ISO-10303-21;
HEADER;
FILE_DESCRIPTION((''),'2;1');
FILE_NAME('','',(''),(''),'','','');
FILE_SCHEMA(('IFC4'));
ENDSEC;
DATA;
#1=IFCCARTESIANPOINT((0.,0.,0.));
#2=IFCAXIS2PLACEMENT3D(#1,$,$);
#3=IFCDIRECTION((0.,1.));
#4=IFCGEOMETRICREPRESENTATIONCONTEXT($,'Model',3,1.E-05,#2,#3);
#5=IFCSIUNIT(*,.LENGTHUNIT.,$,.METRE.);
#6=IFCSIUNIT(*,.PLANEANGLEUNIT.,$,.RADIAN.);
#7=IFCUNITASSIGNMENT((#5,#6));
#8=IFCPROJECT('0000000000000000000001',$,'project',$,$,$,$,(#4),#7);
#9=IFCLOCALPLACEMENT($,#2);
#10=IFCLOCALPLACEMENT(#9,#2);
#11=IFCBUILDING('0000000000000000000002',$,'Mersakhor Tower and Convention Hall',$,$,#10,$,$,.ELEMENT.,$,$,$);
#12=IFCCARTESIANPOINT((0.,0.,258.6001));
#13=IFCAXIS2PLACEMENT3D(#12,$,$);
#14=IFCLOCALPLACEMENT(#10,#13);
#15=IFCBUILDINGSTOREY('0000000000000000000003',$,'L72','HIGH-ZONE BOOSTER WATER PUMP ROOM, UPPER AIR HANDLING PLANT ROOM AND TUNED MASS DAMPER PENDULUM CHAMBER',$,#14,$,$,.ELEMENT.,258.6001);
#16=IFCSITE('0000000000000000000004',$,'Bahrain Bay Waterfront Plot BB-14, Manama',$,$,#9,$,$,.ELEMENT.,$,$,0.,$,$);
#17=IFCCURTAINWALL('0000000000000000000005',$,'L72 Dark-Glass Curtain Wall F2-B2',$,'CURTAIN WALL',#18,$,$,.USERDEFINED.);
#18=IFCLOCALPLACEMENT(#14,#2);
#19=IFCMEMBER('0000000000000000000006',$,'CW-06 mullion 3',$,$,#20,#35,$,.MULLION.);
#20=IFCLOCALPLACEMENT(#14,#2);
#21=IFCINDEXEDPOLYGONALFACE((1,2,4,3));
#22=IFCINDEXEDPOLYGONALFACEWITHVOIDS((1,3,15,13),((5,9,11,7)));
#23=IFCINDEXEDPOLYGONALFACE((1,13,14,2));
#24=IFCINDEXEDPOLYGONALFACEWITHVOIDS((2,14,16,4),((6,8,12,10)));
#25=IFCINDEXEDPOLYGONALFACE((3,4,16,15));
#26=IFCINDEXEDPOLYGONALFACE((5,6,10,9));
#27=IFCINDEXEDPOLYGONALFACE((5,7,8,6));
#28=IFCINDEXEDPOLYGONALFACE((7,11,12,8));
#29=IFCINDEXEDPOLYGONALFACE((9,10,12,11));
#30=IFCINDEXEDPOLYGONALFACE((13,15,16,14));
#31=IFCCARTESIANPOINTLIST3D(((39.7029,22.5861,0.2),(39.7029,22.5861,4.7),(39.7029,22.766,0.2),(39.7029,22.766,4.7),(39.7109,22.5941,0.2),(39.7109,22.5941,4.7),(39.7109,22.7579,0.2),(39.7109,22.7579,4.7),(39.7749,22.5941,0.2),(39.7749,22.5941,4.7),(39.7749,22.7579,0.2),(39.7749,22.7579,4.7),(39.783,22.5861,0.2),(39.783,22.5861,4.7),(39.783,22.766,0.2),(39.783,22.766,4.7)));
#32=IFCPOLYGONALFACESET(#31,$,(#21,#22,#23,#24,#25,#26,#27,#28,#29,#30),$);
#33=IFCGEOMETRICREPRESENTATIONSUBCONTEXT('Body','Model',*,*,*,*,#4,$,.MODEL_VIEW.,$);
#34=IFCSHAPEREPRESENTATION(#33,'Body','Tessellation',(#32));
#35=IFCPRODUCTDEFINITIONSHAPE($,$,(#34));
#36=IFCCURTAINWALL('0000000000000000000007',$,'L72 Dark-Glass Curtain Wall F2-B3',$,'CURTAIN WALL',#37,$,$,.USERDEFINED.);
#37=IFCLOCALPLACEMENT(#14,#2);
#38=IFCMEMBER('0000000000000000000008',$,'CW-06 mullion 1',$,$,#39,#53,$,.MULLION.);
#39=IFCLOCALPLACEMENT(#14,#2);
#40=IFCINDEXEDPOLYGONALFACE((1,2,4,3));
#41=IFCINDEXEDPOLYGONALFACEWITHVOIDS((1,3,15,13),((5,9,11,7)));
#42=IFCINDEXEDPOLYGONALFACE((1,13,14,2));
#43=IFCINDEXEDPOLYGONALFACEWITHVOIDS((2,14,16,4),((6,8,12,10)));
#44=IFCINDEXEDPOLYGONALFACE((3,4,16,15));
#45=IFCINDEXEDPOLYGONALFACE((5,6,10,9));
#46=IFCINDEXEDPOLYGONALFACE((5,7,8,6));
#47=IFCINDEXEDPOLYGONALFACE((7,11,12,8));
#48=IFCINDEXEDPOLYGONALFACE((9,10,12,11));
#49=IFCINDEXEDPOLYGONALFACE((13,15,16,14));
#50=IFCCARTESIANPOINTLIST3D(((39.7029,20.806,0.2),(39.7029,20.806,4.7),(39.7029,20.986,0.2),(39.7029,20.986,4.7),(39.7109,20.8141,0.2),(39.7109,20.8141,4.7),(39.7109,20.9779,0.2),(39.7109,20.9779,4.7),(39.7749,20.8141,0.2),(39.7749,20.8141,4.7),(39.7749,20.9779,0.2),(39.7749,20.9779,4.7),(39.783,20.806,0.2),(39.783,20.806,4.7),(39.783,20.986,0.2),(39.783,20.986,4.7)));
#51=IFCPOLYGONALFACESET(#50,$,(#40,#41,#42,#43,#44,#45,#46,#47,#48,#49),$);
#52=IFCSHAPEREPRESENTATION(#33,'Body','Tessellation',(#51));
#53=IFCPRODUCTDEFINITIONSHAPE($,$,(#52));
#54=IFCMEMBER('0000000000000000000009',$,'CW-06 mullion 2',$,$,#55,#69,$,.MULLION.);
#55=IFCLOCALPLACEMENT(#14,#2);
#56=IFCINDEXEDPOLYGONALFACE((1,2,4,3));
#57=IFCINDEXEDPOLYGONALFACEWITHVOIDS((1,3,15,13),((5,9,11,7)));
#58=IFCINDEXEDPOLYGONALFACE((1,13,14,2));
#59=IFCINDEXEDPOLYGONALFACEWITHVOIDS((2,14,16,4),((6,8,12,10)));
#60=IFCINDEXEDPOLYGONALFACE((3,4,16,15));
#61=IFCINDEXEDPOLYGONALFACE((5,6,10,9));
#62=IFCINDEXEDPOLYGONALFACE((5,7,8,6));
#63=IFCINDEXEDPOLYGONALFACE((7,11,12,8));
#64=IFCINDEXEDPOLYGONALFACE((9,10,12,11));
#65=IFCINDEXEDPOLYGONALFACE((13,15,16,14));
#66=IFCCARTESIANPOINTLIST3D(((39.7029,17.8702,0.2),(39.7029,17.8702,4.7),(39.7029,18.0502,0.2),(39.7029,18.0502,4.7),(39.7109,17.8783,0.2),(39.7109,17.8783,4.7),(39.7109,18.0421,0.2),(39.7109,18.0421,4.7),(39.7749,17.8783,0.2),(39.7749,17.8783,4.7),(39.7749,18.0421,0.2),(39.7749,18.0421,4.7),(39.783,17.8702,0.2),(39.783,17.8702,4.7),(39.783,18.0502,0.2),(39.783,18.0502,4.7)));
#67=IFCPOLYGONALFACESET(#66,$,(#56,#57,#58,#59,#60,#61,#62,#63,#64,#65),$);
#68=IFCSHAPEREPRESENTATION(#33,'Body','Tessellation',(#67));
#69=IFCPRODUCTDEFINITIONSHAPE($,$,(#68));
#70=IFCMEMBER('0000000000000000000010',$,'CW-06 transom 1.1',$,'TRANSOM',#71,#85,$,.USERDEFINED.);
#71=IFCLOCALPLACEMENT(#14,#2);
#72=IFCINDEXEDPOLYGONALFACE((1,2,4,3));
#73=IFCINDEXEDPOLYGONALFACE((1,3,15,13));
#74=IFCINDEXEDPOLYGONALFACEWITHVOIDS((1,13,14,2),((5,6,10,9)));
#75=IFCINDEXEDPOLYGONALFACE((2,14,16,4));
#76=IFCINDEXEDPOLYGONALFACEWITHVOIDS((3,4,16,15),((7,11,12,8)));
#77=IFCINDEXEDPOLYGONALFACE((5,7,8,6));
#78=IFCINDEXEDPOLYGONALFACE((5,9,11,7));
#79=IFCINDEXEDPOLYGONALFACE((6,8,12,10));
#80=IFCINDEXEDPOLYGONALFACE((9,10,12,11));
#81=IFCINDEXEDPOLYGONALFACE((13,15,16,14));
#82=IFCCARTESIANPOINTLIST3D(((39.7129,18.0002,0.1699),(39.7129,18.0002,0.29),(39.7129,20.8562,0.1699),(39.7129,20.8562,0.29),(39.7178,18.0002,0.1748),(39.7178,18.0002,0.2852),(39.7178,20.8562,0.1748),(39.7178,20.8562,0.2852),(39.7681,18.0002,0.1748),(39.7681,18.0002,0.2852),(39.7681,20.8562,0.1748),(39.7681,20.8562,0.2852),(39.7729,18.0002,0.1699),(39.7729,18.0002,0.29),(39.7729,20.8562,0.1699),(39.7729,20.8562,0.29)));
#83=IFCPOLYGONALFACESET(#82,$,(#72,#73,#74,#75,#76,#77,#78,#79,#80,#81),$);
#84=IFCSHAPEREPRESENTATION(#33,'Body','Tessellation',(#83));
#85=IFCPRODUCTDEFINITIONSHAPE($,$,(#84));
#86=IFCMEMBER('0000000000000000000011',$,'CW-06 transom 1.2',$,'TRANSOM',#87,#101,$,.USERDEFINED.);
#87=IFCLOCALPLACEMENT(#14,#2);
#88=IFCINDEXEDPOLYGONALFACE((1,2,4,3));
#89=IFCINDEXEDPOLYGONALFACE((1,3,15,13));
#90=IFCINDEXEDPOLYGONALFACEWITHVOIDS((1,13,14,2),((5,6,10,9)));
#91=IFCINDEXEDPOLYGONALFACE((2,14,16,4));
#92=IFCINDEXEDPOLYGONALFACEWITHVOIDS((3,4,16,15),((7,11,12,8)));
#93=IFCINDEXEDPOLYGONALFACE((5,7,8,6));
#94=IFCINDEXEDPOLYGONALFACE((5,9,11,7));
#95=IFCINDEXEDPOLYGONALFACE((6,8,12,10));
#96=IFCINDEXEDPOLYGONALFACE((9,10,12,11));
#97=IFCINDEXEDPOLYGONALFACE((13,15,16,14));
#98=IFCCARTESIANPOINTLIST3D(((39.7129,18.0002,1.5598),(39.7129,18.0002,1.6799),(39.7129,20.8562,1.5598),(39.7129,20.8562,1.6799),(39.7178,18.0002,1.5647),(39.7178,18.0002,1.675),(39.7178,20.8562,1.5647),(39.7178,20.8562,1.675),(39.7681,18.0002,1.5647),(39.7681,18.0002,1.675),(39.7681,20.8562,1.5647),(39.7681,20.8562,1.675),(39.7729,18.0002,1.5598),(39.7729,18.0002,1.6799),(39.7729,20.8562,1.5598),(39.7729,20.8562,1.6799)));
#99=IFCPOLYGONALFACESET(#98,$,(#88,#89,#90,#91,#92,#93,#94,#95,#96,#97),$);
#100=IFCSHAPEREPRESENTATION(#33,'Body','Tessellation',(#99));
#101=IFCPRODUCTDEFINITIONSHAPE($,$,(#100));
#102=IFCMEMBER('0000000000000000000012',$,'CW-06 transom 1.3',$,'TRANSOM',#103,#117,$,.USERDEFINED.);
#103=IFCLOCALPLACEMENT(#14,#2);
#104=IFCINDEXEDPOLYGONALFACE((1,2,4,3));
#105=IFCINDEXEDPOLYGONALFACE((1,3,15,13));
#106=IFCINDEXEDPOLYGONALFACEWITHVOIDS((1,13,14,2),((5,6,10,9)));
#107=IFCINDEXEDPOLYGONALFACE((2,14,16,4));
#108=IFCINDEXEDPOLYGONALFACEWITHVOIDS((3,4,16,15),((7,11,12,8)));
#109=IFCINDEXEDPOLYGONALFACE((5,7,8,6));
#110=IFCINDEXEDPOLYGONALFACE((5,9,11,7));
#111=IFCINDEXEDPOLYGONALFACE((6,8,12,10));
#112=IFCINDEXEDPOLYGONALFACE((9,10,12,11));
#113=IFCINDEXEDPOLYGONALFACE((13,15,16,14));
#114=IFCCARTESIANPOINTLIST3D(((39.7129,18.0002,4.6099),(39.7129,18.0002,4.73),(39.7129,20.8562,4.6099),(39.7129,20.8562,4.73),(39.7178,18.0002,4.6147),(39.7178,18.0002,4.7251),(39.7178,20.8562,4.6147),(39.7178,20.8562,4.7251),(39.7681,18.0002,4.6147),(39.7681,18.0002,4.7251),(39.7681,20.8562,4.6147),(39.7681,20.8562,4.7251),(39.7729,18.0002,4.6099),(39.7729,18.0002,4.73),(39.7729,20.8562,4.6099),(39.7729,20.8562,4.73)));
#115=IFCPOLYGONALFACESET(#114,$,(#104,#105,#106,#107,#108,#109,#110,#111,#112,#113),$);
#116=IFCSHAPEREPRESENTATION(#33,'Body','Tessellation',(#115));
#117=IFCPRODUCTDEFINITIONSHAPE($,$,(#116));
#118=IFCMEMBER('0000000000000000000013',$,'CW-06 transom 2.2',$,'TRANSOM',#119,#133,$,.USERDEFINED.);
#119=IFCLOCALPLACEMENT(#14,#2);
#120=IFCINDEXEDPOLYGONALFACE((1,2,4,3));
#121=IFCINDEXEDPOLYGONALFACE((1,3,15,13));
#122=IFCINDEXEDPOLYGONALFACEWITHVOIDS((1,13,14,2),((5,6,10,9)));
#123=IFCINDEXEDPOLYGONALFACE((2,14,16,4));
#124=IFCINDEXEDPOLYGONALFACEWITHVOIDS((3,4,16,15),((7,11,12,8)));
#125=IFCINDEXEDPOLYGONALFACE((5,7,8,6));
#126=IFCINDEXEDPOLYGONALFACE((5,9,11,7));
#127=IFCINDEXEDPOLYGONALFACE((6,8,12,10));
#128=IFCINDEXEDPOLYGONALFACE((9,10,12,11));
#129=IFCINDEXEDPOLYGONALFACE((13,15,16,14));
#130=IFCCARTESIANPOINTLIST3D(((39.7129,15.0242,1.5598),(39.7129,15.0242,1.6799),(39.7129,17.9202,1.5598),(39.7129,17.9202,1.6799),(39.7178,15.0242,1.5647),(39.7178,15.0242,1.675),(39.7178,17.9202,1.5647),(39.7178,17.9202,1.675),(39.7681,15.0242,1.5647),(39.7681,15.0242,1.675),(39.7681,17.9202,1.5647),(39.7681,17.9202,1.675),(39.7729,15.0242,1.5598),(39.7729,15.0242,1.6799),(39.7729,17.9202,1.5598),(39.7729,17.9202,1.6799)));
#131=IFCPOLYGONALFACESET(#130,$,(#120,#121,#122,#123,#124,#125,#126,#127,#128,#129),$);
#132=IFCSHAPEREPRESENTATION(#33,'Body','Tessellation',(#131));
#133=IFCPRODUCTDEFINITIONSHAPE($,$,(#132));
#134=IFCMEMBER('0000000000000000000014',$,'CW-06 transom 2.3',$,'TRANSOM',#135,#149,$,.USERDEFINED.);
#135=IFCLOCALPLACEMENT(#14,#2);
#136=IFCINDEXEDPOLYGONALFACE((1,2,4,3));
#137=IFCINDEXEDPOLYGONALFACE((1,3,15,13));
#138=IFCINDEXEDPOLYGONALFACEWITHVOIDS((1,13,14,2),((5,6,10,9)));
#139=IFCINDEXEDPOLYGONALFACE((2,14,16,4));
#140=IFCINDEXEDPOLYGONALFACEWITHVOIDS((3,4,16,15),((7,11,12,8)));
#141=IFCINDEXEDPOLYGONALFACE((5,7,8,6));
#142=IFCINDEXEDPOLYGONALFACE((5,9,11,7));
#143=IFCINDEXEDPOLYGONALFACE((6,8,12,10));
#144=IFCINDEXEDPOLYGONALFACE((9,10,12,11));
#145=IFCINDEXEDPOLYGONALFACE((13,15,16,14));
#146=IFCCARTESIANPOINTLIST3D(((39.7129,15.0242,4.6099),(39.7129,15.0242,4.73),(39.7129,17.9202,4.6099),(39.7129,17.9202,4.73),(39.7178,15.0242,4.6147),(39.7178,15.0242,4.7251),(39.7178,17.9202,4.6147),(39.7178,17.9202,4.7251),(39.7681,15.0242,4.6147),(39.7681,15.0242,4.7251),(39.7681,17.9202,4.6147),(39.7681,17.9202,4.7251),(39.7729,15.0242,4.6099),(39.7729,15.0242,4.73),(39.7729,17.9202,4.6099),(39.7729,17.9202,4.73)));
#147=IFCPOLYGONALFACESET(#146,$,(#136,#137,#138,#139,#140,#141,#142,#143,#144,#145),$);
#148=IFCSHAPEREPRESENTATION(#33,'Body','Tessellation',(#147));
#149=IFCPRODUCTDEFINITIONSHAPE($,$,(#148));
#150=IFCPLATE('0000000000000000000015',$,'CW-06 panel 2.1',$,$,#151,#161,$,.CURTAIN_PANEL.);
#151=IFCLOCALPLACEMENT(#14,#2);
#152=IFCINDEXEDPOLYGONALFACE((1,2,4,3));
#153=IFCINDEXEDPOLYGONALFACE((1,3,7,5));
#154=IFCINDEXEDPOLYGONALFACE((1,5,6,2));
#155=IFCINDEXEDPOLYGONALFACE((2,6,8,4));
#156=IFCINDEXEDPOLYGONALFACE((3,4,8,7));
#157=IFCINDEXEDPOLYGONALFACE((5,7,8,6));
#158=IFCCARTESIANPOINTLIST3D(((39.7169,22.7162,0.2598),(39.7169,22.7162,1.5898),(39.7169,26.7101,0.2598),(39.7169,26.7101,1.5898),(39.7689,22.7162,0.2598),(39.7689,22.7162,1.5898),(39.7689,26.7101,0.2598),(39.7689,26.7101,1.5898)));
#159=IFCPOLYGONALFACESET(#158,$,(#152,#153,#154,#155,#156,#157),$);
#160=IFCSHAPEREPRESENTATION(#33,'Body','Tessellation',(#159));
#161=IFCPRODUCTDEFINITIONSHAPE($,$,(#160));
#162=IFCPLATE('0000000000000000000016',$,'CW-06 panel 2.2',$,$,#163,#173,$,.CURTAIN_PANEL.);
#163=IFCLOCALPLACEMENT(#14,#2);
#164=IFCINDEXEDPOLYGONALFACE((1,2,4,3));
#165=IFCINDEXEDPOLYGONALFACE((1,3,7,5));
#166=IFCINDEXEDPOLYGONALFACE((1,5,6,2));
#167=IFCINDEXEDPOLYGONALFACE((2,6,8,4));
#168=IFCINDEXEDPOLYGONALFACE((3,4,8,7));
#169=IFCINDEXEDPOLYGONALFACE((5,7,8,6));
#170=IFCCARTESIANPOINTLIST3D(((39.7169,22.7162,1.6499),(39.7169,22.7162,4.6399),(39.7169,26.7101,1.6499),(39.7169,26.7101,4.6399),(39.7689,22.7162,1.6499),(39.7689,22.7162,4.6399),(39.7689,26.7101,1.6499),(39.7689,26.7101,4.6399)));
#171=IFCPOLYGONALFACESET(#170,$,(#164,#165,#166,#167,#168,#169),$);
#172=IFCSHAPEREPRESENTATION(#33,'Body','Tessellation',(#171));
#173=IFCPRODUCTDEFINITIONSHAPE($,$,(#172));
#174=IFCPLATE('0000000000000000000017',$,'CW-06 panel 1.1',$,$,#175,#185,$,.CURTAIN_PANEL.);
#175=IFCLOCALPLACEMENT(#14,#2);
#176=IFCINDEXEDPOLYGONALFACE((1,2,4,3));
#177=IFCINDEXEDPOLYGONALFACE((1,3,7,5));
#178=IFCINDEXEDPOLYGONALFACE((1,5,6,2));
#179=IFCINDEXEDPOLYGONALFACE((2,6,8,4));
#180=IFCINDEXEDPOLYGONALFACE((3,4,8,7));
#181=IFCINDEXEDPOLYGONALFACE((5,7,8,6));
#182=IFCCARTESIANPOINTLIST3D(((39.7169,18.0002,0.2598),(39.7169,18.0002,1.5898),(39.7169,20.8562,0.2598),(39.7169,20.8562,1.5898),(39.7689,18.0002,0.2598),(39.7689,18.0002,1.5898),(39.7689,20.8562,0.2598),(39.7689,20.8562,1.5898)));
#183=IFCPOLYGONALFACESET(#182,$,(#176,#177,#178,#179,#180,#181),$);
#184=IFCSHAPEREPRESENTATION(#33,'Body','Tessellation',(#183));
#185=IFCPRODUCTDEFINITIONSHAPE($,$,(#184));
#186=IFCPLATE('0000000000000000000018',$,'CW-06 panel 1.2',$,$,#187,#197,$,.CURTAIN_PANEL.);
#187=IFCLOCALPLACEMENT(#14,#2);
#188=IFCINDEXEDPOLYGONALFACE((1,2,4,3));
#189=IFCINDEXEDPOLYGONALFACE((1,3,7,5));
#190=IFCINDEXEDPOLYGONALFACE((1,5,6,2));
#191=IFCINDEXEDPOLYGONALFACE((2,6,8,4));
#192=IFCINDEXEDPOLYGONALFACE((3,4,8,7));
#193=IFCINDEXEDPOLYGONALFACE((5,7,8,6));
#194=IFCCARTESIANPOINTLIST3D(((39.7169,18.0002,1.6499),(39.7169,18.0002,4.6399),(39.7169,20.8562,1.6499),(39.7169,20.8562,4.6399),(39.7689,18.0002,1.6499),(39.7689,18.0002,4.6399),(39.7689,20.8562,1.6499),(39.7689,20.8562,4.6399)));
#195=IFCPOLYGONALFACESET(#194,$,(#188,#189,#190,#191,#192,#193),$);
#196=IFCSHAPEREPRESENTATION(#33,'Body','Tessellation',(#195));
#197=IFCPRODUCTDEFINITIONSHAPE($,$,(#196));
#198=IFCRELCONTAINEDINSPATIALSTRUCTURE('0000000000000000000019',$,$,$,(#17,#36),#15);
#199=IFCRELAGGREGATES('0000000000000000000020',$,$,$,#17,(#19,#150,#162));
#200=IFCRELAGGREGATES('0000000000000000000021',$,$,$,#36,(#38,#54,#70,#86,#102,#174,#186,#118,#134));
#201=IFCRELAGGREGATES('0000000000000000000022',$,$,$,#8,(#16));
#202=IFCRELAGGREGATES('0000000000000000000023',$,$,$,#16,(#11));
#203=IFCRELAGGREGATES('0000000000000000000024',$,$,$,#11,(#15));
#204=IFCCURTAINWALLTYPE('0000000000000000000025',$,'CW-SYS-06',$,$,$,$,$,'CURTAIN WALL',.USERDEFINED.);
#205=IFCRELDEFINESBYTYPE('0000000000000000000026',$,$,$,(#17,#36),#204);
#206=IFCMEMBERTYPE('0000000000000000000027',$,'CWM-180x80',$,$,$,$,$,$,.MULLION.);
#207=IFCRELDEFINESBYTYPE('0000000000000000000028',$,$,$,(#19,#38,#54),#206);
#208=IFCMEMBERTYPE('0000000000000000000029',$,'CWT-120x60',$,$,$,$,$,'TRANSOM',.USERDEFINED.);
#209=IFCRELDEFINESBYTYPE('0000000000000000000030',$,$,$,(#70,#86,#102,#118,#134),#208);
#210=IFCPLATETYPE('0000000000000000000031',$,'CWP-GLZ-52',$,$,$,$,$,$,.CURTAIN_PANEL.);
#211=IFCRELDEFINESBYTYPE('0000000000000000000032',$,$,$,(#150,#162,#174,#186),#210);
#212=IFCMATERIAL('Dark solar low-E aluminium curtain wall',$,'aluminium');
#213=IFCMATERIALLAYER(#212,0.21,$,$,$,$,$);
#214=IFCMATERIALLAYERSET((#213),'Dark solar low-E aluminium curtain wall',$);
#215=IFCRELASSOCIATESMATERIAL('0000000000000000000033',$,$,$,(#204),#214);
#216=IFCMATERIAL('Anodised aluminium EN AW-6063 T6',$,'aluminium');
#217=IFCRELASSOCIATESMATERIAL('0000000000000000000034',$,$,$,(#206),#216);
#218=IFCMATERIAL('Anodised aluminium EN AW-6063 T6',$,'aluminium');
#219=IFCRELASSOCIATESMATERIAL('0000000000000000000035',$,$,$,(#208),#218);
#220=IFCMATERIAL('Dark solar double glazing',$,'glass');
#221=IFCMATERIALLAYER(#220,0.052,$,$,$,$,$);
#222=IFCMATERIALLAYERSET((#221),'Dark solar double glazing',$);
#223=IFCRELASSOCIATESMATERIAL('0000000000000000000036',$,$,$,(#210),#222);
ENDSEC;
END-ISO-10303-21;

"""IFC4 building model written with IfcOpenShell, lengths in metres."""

from ifc_helpers import new_model, si_unit, direction, frame, origin, origin_2d, place, context, subcontext, project, spatial, rectangle, hollow_rectangle, extrude, material, layer, layer_set, material_profile, profile_set, type_object, element, aggregate, save


model = new_model("IFC4")

# Units and contexts
model_context = context("Model", 3, precision=1e-05, world=origin(), true_north=direction((0.0, 1.0)))
body_context = subcontext(model_context, "Body", "Model", "MODEL_VIEW")
ifc_project = project(units=[si_unit("LENGTHUNIT", "METRE"), si_unit("PLANEANGLEUNIT", "RADIAN")], contexts=[model_context])

# Site, building, storey
site_placement = place(None, origin())
site = spatial("IfcSite", under=ifc_project, at=site_placement, Name="Bahrain Bay Waterfront Plot BB-14, Manama", CompositionType="ELEMENT", RefElevation=0.0)
building_placement = place(site_placement, origin())
building = spatial("IfcBuilding", under=site, at=building_placement, Name="Mersakhor Tower and Convention Hall", CompositionType="ELEMENT")
storey_placement = place(building_placement, frame((0.0, 0.0, 258.6001)))
storey = spatial("IfcBuildingStorey", under=building, at=storey_placement, Name="L72", Description="HIGH-ZONE BOOSTER WATER PUMP ROOM, UPPER AIR HANDLING PLANT ROOM AND TUNED MASS DAMPER PENDULUM CHAMBER", CompositionType="ELEMENT", Elevation=258.6001)

# Curtain wall, member
ifc_material_1 = material(Name="Dark solar low-E aluminium curtain wall", Category="aluminium")
ifc_layer_1 = layer(ifc_material_1, 0.21)
ifc_layer_set_1 = layer_set([ifc_layer_1], Name="Dark solar low-E aluminium curtain wall")
curtain_wall_type = type_object("IfcCurtainWallType", Name="CW-SYS-06", ElementType="CURTAIN WALL", PredefinedType="USERDEFINED", material=ifc_layer_set_1)
curtain_wall_1_placement = place(storey_placement, origin())
curtain_wall_1 = element("IfcCurtainWall", 1, at=curtain_wall_1_placement, inside=storey, type_object=curtain_wall_type, Name="L72 Dark-Glass Curtain Wall F2-B2", ObjectType="CURTAIN WALL", PredefinedType="USERDEFINED")
ifc_material_2 = material(Name="Anodised aluminium EN AW-6063 T6", Category="aluminium")
ifc_material_profile_1 = material_profile(ifc_material_2, hollow_rectangle(XDim=0.0801, YDim=0.1799, WallThickness=0.0081, at=origin_2d()), Name="RHS 180x80x8")
ifc_profile_set_1 = profile_set([ifc_material_profile_1], Name="Anodised aluminium EN AW-6063 T6")
member_type_1 = type_object("IfcMemberType", Name="CWM-180x80", PredefinedType="MULLION", material=ifc_profile_set_1)
member_1_placement = place(storey_placement, frame((39.7429, 22.676, 0.2), z_axis=(0.0, 0.0, 1.0), x_axis=(1.0, 0.0, 0.0)))
member_1 = element("IfcMember", 2, at=member_1_placement, type_object=member_type_1, Name="CW-06 mullion 3", PredefinedType="MULLION", context=body_context, shape_type="SweptSolid", body=[
    extrude(hollow_rectangle(XDim=0.0801, YDim=0.1799, WallThickness=0.0081, at=origin_2d()), origin(), (0.0, 0.0, 1.0), 4.5),
])

# Curtain wall, members
curtain_wall_2_placement = place(storey_placement, origin())
curtain_wall_2 = element("IfcCurtainWall", 3, at=curtain_wall_2_placement, inside=storey, type_object=curtain_wall_type, Name="L72 Dark-Glass Curtain Wall F2-B3", ObjectType="CURTAIN WALL", PredefinedType="USERDEFINED")
member_2_placement = place(storey_placement, frame((39.7429, 20.896, 0.2), z_axis=(0.0, 0.0, 1.0), x_axis=(1.0, 0.0, 0.0)))
member_2 = element("IfcMember", 4, at=member_2_placement, type_object=member_type_1, Name="CW-06 mullion 1", PredefinedType="MULLION", context=body_context, shape_type="SweptSolid", body=[
    extrude(hollow_rectangle(XDim=0.0801, YDim=0.1799, WallThickness=0.0081, at=origin_2d()), origin(), (0.0, 0.0, 1.0), 4.5),
])
member_3_placement = place(storey_placement, frame((39.7429, 17.9602, 0.2), z_axis=(0.0, 0.0, 1.0), x_axis=(1.0, 0.0, 0.0)))
member_3 = element("IfcMember", 5, at=member_3_placement, type_object=member_type_1, Name="CW-06 mullion 2", PredefinedType="MULLION", context=body_context, shape_type="SweptSolid", body=[
    extrude(hollow_rectangle(XDim=0.0801, YDim=0.1799, WallThickness=0.0081, at=origin_2d()), origin(), (0.0, 0.0, 1.0), 4.5),
])
ifc_material_3 = material(Name="Anodised aluminium EN AW-6063 T6", Category="aluminium")
ifc_material_profile_2 = material_profile(ifc_material_3, hollow_rectangle(XDim=0.0601, YDim=0.1201, WallThickness=0.0049, at=origin_2d()), Name="RHS 120x60x5")
ifc_profile_set_2 = profile_set([ifc_material_profile_2], Name="Anodised aluminium EN AW-6063 T6")
member_type_2 = type_object("IfcMemberType", Name="CWT-120x60", ElementType="TRANSOM", PredefinedType="USERDEFINED", material=ifc_profile_set_2)
member_4_placement = place(storey_placement, frame((39.7429, 20.8562, 0.23), z_axis=(0.0, -1.0, 0.0), x_axis=(1.0, 0.0, 0.0)))
member_4 = element("IfcMember", 6, at=member_4_placement, type_object=member_type_2, Name="CW-06 transom 1.1", ObjectType="TRANSOM", PredefinedType="USERDEFINED", context=body_context, shape_type="SweptSolid", body=[
    extrude(hollow_rectangle(XDim=0.0601, YDim=0.1201, WallThickness=0.0049, at=origin_2d()), origin(), (0.0, 0.0, 1.0), 2.856),
])
member_5_placement = place(storey_placement, frame((39.7429, 20.8562, 1.6199), z_axis=(0.0, -1.0, 0.0), x_axis=(1.0, 0.0, 0.0)))
member_5 = element("IfcMember", 7, at=member_5_placement, type_object=member_type_2, Name="CW-06 transom 1.2", ObjectType="TRANSOM", PredefinedType="USERDEFINED", context=body_context, shape_type="SweptSolid", body=[
    extrude(hollow_rectangle(XDim=0.0601, YDim=0.1201, WallThickness=0.0049, at=origin_2d()), origin(), (0.0, 0.0, 1.0), 2.856),
])
member_6_placement = place(storey_placement, frame((39.7429, 20.8562, 4.6699), z_axis=(0.0, -1.0, 0.0), x_axis=(1.0, 0.0, 0.0)))
member_6 = element("IfcMember", 8, at=member_6_placement, type_object=member_type_2, Name="CW-06 transom 1.3", ObjectType="TRANSOM", PredefinedType="USERDEFINED", context=body_context, shape_type="SweptSolid", body=[
    extrude(hollow_rectangle(XDim=0.0601, YDim=0.1201, WallThickness=0.0049, at=origin_2d()), origin(), (0.0, 0.0, 1.0), 2.856),
])
member_7_placement = place(storey_placement, frame((39.7429, 17.9202, 1.6199), z_axis=(0.0, -1.0, 0.0), x_axis=(1.0, 0.0, 0.0)))
member_7 = element("IfcMember", 9, at=member_7_placement, type_object=member_type_2, Name="CW-06 transom 2.2", ObjectType="TRANSOM", PredefinedType="USERDEFINED", context=body_context, shape_type="SweptSolid", body=[
    extrude(hollow_rectangle(XDim=0.0601, YDim=0.1201, WallThickness=0.0049, at=origin_2d()), origin(), (0.0, 0.0, 1.0), 2.896),
])
member_8_placement = place(storey_placement, frame((39.7429, 17.9202, 4.6699), z_axis=(0.0, -1.0, 0.0), x_axis=(1.0, 0.0, 0.0)))
member_8 = element("IfcMember", 10, at=member_8_placement, type_object=member_type_2, Name="CW-06 transom 2.3", ObjectType="TRANSOM", PredefinedType="USERDEFINED", context=body_context, shape_type="SweptSolid", body=[
    extrude(hollow_rectangle(XDim=0.0601, YDim=0.1201, WallThickness=0.0049, at=origin_2d()), origin(), (0.0, 0.0, 1.0), 2.896),
])

# Plates
ifc_material_4 = material(Name="Dark solar double glazing", Category="glass")
ifc_layer_2 = layer(ifc_material_4, 0.052)
ifc_layer_set_2 = layer_set([ifc_layer_2], Name="Dark solar double glazing")
plate_type = type_object("IfcPlateType", Name="CWP-GLZ-52", PredefinedType="CURTAIN_PANEL", material=ifc_layer_set_2)
plate_1_placement = place(storey_placement, frame((39.7429, 24.7131, 0.2598), z_axis=(0.0, 0.0, 1.0), x_axis=(0.0, -1.0, 0.0)))
plate_1 = element("IfcPlate", 11, at=plate_1_placement, type_object=plate_type, Name="CW-06 panel 2.1", PredefinedType="CURTAIN_PANEL", context=body_context, shape_type="SweptSolid", body=[
    extrude(rectangle(XDim=3.9939, YDim=0.052, at=origin_2d()), origin(), (0.0, 0.0, 1.0), 1.3301),
])
plate_2_placement = place(storey_placement, frame((39.7429, 24.7131, 1.6499), z_axis=(0.0, 0.0, 1.0), x_axis=(0.0, -1.0, 0.0)))
plate_2 = element("IfcPlate", 12, at=plate_2_placement, type_object=plate_type, Name="CW-06 panel 2.2", PredefinedType="CURTAIN_PANEL", context=body_context, shape_type="SweptSolid", body=[
    extrude(rectangle(XDim=3.9939, YDim=0.052, at=origin_2d()), origin(), (0.0, 0.0, 1.0), 2.99),
])
aggregate(curtain_wall_1, [member_1, plate_1, plate_2])
plate_3_placement = place(storey_placement, frame((39.7429, 19.4282, 0.2598), z_axis=(0.0, 0.0, 1.0), x_axis=(0.0, -1.0, 0.0)))
plate_3 = element("IfcPlate", 13, at=plate_3_placement, type_object=plate_type, Name="CW-06 panel 1.1", PredefinedType="CURTAIN_PANEL", context=body_context, shape_type="SweptSolid", body=[
    extrude(rectangle(XDim=2.856, YDim=0.052, at=origin_2d()), origin(), (0.0, 0.0, 1.0), 1.3301),
])
plate_4_placement = place(storey_placement, frame((39.7429, 19.4282, 1.6499), z_axis=(0.0, 0.0, 1.0), x_axis=(0.0, -1.0, 0.0)))
plate_4 = element("IfcPlate", 14, at=plate_4_placement, type_object=plate_type, Name="CW-06 panel 1.2", PredefinedType="CURTAIN_PANEL", context=body_context, shape_type="SweptSolid", body=[
    extrude(rectangle(XDim=2.856, YDim=0.052, at=origin_2d()), origin(), (0.0, 0.0, 1.0), 2.99),
])
aggregate(curtain_wall_2, [member_2, member_3, member_4, member_5, member_6, plate_3, plate_4, member_7, member_8])

save(model, "model.ifc")
